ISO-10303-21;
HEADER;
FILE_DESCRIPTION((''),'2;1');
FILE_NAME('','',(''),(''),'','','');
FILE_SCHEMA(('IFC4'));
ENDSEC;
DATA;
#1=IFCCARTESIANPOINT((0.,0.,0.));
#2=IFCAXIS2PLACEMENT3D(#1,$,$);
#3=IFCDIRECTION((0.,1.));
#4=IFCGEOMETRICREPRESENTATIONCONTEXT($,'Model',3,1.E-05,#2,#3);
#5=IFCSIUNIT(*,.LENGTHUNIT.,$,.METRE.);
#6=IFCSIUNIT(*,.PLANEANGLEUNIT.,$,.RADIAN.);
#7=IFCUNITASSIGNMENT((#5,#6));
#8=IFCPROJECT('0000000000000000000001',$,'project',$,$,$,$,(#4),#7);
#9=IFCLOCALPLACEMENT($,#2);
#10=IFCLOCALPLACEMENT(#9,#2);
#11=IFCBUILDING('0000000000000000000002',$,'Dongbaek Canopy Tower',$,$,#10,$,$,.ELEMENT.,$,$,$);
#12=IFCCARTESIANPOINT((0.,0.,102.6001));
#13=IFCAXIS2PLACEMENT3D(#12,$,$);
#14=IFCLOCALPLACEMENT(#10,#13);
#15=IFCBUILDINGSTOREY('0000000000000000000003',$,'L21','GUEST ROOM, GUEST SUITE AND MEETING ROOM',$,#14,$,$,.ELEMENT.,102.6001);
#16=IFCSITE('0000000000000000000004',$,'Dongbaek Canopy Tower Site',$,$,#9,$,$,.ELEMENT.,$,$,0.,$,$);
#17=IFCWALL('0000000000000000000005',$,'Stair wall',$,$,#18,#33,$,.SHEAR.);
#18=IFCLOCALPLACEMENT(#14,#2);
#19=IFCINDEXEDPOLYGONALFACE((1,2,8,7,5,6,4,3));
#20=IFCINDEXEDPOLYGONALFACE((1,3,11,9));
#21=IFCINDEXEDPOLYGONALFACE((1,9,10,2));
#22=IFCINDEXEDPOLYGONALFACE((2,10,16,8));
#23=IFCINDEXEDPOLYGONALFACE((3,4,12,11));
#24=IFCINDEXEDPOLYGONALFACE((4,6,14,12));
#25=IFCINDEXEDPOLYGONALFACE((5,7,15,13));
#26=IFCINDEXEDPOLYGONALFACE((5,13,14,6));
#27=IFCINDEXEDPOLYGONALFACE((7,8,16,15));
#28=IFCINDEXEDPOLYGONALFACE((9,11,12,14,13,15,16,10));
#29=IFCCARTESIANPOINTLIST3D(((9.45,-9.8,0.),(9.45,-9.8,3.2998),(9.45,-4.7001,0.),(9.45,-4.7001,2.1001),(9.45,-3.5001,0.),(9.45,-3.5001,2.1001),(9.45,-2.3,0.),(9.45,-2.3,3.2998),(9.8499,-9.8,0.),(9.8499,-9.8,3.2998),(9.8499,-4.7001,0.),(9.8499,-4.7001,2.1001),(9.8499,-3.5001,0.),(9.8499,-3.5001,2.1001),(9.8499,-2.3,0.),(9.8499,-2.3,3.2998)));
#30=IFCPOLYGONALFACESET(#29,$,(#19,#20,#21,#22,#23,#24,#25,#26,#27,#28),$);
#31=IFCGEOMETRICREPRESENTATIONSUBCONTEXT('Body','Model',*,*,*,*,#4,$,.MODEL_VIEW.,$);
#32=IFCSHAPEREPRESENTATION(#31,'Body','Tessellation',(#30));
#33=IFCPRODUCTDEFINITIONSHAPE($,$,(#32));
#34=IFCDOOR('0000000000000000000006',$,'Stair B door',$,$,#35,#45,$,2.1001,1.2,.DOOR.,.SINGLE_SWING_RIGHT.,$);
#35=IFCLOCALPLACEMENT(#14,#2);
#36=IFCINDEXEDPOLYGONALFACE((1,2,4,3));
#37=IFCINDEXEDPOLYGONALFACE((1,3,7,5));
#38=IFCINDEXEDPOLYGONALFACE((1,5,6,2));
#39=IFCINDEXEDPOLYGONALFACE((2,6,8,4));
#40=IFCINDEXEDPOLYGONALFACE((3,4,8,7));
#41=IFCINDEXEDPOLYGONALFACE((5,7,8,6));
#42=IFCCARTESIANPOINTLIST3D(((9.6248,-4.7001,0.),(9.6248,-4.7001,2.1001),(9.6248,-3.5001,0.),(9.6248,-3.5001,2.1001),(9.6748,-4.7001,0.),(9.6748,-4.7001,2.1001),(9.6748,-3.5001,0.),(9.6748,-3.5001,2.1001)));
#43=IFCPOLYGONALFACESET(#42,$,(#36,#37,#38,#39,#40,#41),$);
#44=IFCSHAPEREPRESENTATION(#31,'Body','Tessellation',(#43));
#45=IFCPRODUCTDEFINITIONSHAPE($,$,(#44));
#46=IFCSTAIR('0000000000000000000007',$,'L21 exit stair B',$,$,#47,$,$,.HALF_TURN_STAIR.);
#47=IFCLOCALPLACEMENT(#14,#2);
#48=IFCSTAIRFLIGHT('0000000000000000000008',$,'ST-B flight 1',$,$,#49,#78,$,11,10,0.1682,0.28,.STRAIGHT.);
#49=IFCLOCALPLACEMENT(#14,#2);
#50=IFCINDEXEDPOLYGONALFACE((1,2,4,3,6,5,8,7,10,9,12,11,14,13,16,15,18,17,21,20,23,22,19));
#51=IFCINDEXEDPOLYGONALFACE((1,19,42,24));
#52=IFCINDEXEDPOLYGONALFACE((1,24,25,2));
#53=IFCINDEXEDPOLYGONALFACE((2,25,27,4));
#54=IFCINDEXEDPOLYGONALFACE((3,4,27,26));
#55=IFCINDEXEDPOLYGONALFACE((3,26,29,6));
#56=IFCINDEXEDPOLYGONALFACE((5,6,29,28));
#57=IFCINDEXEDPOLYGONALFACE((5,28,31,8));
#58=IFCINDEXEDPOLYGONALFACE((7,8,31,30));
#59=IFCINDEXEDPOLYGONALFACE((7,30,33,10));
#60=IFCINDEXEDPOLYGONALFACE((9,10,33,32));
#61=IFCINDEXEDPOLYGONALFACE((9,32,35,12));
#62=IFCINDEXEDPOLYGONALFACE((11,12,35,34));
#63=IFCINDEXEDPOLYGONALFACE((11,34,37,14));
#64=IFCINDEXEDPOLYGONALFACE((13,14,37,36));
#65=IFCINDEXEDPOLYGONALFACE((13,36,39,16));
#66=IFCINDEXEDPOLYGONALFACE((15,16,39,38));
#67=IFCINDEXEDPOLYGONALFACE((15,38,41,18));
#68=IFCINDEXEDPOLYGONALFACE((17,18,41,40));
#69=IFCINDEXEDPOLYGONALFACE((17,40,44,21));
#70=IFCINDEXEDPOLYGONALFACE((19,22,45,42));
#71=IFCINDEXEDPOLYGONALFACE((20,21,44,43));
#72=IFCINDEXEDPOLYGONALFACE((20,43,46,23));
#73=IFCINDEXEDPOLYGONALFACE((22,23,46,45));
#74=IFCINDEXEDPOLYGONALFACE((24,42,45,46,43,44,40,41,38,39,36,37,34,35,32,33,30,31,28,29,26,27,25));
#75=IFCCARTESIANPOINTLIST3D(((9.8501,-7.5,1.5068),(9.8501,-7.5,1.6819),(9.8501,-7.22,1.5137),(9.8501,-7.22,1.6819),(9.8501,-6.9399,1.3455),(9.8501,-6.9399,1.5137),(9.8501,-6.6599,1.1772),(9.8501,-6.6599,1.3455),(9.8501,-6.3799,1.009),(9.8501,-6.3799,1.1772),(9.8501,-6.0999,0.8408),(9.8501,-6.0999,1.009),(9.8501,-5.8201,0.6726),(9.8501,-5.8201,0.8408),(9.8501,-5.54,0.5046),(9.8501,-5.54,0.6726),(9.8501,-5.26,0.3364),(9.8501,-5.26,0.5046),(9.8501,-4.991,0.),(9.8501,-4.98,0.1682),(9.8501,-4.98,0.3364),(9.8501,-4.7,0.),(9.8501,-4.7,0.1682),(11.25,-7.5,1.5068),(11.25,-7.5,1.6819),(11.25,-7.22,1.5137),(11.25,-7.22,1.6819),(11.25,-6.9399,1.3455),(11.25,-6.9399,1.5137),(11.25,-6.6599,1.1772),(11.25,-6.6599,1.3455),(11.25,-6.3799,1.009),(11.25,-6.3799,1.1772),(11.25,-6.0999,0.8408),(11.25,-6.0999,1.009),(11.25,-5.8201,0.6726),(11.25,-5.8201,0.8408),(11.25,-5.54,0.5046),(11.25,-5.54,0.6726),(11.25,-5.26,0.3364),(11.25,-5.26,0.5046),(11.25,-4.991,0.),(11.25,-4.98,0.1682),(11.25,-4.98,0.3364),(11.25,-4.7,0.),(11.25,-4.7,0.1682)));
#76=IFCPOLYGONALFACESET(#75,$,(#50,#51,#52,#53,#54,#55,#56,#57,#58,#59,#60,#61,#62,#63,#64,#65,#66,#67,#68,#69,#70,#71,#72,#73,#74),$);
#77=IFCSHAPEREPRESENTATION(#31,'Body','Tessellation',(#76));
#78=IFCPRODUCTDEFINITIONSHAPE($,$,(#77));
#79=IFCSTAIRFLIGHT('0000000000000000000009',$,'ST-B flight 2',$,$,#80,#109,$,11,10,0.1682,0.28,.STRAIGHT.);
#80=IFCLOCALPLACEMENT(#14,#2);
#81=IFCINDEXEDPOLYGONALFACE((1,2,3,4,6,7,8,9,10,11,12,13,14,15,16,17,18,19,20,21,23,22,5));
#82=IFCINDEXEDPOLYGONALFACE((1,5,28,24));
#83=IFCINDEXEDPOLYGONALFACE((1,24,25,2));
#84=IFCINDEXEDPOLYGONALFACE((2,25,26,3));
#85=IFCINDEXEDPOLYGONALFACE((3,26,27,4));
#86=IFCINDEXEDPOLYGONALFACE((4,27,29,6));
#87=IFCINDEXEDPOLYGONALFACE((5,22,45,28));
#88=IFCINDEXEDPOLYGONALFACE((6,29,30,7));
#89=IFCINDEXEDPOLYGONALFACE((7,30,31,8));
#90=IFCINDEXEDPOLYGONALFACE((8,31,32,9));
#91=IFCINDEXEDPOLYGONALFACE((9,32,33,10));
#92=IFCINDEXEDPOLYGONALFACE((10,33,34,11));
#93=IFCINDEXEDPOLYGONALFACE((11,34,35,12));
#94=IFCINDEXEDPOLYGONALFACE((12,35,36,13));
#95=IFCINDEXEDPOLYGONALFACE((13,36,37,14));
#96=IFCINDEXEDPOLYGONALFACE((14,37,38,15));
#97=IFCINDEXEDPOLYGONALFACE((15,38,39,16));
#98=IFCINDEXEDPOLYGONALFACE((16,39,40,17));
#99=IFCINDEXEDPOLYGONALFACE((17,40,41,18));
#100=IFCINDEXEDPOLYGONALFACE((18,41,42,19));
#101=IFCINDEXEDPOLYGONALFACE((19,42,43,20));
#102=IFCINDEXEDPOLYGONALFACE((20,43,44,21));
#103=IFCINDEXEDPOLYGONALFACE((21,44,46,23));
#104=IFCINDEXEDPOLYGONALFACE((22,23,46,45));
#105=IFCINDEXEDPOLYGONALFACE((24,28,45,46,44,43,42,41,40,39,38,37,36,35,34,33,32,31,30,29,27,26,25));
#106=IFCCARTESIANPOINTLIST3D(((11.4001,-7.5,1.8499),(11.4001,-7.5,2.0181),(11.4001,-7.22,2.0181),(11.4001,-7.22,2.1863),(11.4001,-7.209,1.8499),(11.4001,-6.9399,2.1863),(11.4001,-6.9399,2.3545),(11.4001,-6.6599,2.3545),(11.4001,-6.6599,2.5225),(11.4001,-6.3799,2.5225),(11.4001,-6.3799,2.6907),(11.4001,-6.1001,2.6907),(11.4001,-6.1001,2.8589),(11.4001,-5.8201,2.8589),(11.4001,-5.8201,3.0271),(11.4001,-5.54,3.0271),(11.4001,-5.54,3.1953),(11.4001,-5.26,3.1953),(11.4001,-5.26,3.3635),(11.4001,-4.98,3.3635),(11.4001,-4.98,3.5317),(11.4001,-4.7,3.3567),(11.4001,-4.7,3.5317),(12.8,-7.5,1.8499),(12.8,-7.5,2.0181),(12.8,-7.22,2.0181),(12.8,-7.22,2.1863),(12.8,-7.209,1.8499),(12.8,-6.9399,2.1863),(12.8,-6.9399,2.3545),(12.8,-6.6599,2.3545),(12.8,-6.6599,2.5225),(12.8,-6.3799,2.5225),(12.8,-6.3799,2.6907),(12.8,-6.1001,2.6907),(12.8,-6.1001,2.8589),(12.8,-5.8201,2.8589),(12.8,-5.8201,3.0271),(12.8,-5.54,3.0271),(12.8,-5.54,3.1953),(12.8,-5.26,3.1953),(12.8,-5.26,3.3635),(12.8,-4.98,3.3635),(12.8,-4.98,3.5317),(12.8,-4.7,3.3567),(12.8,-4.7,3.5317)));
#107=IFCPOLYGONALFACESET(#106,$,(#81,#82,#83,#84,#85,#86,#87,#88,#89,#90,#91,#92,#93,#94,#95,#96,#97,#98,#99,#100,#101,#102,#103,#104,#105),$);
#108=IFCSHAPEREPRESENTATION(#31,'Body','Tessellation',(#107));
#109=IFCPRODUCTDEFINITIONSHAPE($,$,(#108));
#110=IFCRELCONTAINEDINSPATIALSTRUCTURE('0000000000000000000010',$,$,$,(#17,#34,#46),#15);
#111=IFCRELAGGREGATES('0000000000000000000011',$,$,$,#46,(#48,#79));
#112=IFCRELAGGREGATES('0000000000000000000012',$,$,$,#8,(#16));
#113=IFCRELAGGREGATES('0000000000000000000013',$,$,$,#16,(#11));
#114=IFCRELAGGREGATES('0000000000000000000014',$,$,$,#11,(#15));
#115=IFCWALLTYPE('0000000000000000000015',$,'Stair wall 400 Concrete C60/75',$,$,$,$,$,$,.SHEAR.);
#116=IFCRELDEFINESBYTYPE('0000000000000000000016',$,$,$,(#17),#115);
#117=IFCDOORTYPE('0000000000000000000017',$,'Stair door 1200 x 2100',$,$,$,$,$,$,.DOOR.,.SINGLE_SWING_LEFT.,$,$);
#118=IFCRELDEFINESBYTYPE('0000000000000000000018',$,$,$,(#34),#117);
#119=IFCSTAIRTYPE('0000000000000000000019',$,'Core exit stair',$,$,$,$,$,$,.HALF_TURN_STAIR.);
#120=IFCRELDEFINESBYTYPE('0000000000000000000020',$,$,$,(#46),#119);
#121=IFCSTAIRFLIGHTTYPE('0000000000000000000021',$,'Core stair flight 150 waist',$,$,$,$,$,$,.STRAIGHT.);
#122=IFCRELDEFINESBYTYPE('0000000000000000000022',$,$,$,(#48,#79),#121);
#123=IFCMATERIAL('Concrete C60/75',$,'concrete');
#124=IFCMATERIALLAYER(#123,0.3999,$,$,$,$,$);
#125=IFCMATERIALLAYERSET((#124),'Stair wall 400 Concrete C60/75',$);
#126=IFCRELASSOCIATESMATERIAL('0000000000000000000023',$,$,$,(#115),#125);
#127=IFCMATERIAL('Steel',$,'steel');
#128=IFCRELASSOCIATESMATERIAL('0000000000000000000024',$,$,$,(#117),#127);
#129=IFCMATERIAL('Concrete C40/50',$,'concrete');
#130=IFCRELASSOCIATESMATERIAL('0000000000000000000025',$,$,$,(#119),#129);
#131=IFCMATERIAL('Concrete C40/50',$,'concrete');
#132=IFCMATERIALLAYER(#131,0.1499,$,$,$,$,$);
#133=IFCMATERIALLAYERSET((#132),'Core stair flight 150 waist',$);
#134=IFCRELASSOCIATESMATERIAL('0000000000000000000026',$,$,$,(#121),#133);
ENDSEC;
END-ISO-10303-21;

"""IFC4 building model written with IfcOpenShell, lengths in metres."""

from ifc_helpers import new_model, si_unit, direction, frame, frame_2d, origin, place, context, subcontext, project, spatial, polyline, rectangle, outline, extrude, material, layer, layer_set, type_object, element, fill, aggregate, save


model = new_model("IFC4")

# Units and contexts
model_context = context("Model", 3, precision=1e-05, world=origin(), true_north=direction((0.0, 1.0)))
body_context = subcontext(model_context, "Body", "Model", "MODEL_VIEW")
ifc_project = project(units=[si_unit("LENGTHUNIT", "METRE"), si_unit("PLANEANGLEUNIT", "RADIAN")], contexts=[model_context])

# Site, building, storey
site_placement = place(None, origin())
site = spatial("IfcSite", under=ifc_project, at=site_placement, Name="Dongbaek Canopy Tower Site", CompositionType="ELEMENT", RefElevation=0.0)
building_placement = place(site_placement, origin())
building = spatial("IfcBuilding", under=site, at=building_placement, Name="Dongbaek Canopy Tower", CompositionType="ELEMENT")
storey_placement = place(building_placement, frame((0.0, 0.0, 102.6001)))
storey = spatial("IfcBuildingStorey", under=building, at=storey_placement, Name="L21", Description="GUEST ROOM, GUEST SUITE AND MEETING ROOM", CompositionType="ELEMENT", Elevation=102.6001)

# Wall, opening, door
ifc_material_1 = material(Name="Concrete C60/75", Category="concrete")
ifc_layer_1 = layer(ifc_material_1, 0.3999)
ifc_layer_set_1 = layer_set([ifc_layer_1], Name="Stair wall 400 Concrete C60/75")
wall_type_1 = type_object("IfcWallType", Name="Stair wall 400 Concrete C60/75", PredefinedType="SHEAR", material=ifc_layer_set_1)
wall_1_placement = place(storey_placement, frame((9.6499, -2.3, 0.0), z_axis=(0.0, 0.0, 1.0), x_axis=(0.0, -1.0, 0.0)))
wall_1 = element("IfcWall", 1, at=wall_1_placement, inside=storey, type_object=wall_type_1, Name="Stair wall", PredefinedType="SHEAR", context=body_context, shape_type="SweptSolid", body=[
    extrude(rectangle(XDim=7.5, YDim=0.3999, at=frame_2d((3.75, 0.0))), origin(), (0.0, 0.0, 1.0), 3.2998),
])
opening_1_placement = place(wall_1_placement, frame((1.2, 0.0, 0.0)))
opening_1 = element("IfcOpeningElement", 2, at=opening_1_placement, cuts=wall_1, PredefinedType="OPENING", context=body_context, shape_type="SweptSolid", body=[
    extrude(rectangle(XDim=1.2, YDim=2.1001, at=frame_2d((0.6001, 1.05))), frame((0.0, 0.21, 0.0), z_axis=(0.0, -1.0, 0.0), x_axis=(1.0, 0.0, 0.0)), (0.0, 0.0, 1.0), 0.4199),
])
ifc_material_2 = material(Name="Steel", Category="steel")
door_type_1 = type_object("IfcDoorType", Name="Stair door 1200 x 2100", OperationType="SINGLE_SWING_LEFT", PredefinedType="DOOR", material=ifc_material_2)
door_1_placement = place(opening_1_placement, origin())
door_1 = element("IfcDoor", 3, at=door_1_placement, inside=storey, type_object=door_type_1, Name="Stair B door", OperationType="SINGLE_SWING_RIGHT", OverallHeight=2.1001, OverallWidth=1.2, PredefinedType="DOOR", context=body_context, shape_type="SweptSolid", body=[
    extrude(rectangle(XDim=1.2, YDim=2.1001, at=frame_2d((0.6001, 1.05))), frame((0.0, 0.0249, 0.0), z_axis=(0.0, -1.0, 0.0), x_axis=(1.0, 0.0, 0.0)), (0.0, 0.0, 1.0), 0.05),
])
fill(opening_1, door_1)

# Stair, stair flights
ifc_material_3 = material(Name="Concrete C40/50", Category="concrete")
stair_type = type_object("IfcStairType", Name="Core exit stair", PredefinedType="HALF_TURN_STAIR", material=ifc_material_3)
stair_placement = place(storey_placement, origin())
stair = element("IfcStair", 4, at=stair_placement, inside=storey, type_object=stair_type, Name="L21 exit stair B", PredefinedType="HALF_TURN_STAIR")
ifc_material_4 = material(Name="Concrete C40/50", Category="concrete")
ifc_layer_2 = layer(ifc_material_4, 0.1499)
ifc_layer_set_2 = layer_set([ifc_layer_2], Name="Core stair flight 150 waist")
stair_flight_type = type_object("IfcStairFlightType", Name="Core stair flight 150 waist", PredefinedType="STRAIGHT", material=ifc_layer_set_2)
stair_flight_1_placement = place(storey_placement, frame((10.55, -4.7, 0.0), z_axis=(0.0, 0.0, 1.0), x_axis=(0.0, -1.0, 0.0)))
stair_flight_1 = element("IfcStairFlight", 5, at=stair_flight_1_placement, type_object=stair_flight_type, Name="ST-B flight 1", NumberOfRisers=11, NumberOfTreads=10, PredefinedType="STRAIGHT", RiserHeight=0.1682, TreadLength=0.28, context=body_context, shape_type="SweptSolid", body=[
    extrude(outline(polyline([(0.0, 0.0), (0.0, 0.1682), (0.28, 0.1682), (0.28, 0.3364), (0.5601, 0.3364), (0.5601, 0.5046), (0.8401, 0.5046), (0.8401, 0.6726), (1.1201, 0.6726), (1.1201, 0.8408), (1.3999, 0.8408), (1.3999, 1.009), (1.6799, 1.009), (1.6799, 1.1772), (1.96, 1.1772), (1.96, 1.3455), (2.24, 1.3455), (2.24, 1.5137), (2.52, 1.5137), (2.52, 1.6819), (2.8, 1.6819), (2.8, 1.8501), (2.8, 1.5068), (0.291, 0.0), (0.0, 0.0)])), frame((0.0, 0.7, 0.0), z_axis=(0.0, -1.0, 0.0), x_axis=(1.0, 0.0, 0.0)), (0.0, 0.0, 1.0), 1.3999),
])
stair_flight_2_placement = place(storey_placement, frame((12.1001, -7.5, 1.8499), z_axis=(0.0, 0.0, 1.0), x_axis=(0.0, 1.0, 0.0)))
stair_flight_2 = element("IfcStairFlight", 6, at=stair_flight_2_placement, type_object=stair_flight_type, Name="ST-B flight 2", NumberOfRisers=11, NumberOfTreads=10, PredefinedType="STRAIGHT", RiserHeight=0.1682, TreadLength=0.28, context=body_context, shape_type="SweptSolid", body=[
    extrude(outline(polyline([(0.0, 0.0), (0.0, 0.1682), (0.28, 0.1682), (0.28, 0.3364), (0.5601, 0.3364), (0.5601, 0.5046), (0.8401, 0.5046), (0.8401, 0.6726), (1.1201, 0.6726), (1.1201, 0.8408), (1.3999, 0.8408), (1.3999, 1.009), (1.6799, 1.009), (1.6799, 1.1772), (1.96, 1.1772), (1.96, 1.3455), (2.24, 1.3455), (2.24, 1.5137), (2.52, 1.5137), (2.52, 1.6819), (2.8, 1.6819), (2.8, 1.8501), (2.8, 1.5068), (0.291, 0.0), (0.0, 0.0)])), frame((0.0, 0.7, 0.0), z_axis=(0.0, -1.0, 0.0), x_axis=(1.0, 0.0, 0.0)), (0.0, 0.0, 1.0), 1.3999),
])
aggregate(stair, [stair_flight_1, stair_flight_2])

save(model, "model.ifc")
